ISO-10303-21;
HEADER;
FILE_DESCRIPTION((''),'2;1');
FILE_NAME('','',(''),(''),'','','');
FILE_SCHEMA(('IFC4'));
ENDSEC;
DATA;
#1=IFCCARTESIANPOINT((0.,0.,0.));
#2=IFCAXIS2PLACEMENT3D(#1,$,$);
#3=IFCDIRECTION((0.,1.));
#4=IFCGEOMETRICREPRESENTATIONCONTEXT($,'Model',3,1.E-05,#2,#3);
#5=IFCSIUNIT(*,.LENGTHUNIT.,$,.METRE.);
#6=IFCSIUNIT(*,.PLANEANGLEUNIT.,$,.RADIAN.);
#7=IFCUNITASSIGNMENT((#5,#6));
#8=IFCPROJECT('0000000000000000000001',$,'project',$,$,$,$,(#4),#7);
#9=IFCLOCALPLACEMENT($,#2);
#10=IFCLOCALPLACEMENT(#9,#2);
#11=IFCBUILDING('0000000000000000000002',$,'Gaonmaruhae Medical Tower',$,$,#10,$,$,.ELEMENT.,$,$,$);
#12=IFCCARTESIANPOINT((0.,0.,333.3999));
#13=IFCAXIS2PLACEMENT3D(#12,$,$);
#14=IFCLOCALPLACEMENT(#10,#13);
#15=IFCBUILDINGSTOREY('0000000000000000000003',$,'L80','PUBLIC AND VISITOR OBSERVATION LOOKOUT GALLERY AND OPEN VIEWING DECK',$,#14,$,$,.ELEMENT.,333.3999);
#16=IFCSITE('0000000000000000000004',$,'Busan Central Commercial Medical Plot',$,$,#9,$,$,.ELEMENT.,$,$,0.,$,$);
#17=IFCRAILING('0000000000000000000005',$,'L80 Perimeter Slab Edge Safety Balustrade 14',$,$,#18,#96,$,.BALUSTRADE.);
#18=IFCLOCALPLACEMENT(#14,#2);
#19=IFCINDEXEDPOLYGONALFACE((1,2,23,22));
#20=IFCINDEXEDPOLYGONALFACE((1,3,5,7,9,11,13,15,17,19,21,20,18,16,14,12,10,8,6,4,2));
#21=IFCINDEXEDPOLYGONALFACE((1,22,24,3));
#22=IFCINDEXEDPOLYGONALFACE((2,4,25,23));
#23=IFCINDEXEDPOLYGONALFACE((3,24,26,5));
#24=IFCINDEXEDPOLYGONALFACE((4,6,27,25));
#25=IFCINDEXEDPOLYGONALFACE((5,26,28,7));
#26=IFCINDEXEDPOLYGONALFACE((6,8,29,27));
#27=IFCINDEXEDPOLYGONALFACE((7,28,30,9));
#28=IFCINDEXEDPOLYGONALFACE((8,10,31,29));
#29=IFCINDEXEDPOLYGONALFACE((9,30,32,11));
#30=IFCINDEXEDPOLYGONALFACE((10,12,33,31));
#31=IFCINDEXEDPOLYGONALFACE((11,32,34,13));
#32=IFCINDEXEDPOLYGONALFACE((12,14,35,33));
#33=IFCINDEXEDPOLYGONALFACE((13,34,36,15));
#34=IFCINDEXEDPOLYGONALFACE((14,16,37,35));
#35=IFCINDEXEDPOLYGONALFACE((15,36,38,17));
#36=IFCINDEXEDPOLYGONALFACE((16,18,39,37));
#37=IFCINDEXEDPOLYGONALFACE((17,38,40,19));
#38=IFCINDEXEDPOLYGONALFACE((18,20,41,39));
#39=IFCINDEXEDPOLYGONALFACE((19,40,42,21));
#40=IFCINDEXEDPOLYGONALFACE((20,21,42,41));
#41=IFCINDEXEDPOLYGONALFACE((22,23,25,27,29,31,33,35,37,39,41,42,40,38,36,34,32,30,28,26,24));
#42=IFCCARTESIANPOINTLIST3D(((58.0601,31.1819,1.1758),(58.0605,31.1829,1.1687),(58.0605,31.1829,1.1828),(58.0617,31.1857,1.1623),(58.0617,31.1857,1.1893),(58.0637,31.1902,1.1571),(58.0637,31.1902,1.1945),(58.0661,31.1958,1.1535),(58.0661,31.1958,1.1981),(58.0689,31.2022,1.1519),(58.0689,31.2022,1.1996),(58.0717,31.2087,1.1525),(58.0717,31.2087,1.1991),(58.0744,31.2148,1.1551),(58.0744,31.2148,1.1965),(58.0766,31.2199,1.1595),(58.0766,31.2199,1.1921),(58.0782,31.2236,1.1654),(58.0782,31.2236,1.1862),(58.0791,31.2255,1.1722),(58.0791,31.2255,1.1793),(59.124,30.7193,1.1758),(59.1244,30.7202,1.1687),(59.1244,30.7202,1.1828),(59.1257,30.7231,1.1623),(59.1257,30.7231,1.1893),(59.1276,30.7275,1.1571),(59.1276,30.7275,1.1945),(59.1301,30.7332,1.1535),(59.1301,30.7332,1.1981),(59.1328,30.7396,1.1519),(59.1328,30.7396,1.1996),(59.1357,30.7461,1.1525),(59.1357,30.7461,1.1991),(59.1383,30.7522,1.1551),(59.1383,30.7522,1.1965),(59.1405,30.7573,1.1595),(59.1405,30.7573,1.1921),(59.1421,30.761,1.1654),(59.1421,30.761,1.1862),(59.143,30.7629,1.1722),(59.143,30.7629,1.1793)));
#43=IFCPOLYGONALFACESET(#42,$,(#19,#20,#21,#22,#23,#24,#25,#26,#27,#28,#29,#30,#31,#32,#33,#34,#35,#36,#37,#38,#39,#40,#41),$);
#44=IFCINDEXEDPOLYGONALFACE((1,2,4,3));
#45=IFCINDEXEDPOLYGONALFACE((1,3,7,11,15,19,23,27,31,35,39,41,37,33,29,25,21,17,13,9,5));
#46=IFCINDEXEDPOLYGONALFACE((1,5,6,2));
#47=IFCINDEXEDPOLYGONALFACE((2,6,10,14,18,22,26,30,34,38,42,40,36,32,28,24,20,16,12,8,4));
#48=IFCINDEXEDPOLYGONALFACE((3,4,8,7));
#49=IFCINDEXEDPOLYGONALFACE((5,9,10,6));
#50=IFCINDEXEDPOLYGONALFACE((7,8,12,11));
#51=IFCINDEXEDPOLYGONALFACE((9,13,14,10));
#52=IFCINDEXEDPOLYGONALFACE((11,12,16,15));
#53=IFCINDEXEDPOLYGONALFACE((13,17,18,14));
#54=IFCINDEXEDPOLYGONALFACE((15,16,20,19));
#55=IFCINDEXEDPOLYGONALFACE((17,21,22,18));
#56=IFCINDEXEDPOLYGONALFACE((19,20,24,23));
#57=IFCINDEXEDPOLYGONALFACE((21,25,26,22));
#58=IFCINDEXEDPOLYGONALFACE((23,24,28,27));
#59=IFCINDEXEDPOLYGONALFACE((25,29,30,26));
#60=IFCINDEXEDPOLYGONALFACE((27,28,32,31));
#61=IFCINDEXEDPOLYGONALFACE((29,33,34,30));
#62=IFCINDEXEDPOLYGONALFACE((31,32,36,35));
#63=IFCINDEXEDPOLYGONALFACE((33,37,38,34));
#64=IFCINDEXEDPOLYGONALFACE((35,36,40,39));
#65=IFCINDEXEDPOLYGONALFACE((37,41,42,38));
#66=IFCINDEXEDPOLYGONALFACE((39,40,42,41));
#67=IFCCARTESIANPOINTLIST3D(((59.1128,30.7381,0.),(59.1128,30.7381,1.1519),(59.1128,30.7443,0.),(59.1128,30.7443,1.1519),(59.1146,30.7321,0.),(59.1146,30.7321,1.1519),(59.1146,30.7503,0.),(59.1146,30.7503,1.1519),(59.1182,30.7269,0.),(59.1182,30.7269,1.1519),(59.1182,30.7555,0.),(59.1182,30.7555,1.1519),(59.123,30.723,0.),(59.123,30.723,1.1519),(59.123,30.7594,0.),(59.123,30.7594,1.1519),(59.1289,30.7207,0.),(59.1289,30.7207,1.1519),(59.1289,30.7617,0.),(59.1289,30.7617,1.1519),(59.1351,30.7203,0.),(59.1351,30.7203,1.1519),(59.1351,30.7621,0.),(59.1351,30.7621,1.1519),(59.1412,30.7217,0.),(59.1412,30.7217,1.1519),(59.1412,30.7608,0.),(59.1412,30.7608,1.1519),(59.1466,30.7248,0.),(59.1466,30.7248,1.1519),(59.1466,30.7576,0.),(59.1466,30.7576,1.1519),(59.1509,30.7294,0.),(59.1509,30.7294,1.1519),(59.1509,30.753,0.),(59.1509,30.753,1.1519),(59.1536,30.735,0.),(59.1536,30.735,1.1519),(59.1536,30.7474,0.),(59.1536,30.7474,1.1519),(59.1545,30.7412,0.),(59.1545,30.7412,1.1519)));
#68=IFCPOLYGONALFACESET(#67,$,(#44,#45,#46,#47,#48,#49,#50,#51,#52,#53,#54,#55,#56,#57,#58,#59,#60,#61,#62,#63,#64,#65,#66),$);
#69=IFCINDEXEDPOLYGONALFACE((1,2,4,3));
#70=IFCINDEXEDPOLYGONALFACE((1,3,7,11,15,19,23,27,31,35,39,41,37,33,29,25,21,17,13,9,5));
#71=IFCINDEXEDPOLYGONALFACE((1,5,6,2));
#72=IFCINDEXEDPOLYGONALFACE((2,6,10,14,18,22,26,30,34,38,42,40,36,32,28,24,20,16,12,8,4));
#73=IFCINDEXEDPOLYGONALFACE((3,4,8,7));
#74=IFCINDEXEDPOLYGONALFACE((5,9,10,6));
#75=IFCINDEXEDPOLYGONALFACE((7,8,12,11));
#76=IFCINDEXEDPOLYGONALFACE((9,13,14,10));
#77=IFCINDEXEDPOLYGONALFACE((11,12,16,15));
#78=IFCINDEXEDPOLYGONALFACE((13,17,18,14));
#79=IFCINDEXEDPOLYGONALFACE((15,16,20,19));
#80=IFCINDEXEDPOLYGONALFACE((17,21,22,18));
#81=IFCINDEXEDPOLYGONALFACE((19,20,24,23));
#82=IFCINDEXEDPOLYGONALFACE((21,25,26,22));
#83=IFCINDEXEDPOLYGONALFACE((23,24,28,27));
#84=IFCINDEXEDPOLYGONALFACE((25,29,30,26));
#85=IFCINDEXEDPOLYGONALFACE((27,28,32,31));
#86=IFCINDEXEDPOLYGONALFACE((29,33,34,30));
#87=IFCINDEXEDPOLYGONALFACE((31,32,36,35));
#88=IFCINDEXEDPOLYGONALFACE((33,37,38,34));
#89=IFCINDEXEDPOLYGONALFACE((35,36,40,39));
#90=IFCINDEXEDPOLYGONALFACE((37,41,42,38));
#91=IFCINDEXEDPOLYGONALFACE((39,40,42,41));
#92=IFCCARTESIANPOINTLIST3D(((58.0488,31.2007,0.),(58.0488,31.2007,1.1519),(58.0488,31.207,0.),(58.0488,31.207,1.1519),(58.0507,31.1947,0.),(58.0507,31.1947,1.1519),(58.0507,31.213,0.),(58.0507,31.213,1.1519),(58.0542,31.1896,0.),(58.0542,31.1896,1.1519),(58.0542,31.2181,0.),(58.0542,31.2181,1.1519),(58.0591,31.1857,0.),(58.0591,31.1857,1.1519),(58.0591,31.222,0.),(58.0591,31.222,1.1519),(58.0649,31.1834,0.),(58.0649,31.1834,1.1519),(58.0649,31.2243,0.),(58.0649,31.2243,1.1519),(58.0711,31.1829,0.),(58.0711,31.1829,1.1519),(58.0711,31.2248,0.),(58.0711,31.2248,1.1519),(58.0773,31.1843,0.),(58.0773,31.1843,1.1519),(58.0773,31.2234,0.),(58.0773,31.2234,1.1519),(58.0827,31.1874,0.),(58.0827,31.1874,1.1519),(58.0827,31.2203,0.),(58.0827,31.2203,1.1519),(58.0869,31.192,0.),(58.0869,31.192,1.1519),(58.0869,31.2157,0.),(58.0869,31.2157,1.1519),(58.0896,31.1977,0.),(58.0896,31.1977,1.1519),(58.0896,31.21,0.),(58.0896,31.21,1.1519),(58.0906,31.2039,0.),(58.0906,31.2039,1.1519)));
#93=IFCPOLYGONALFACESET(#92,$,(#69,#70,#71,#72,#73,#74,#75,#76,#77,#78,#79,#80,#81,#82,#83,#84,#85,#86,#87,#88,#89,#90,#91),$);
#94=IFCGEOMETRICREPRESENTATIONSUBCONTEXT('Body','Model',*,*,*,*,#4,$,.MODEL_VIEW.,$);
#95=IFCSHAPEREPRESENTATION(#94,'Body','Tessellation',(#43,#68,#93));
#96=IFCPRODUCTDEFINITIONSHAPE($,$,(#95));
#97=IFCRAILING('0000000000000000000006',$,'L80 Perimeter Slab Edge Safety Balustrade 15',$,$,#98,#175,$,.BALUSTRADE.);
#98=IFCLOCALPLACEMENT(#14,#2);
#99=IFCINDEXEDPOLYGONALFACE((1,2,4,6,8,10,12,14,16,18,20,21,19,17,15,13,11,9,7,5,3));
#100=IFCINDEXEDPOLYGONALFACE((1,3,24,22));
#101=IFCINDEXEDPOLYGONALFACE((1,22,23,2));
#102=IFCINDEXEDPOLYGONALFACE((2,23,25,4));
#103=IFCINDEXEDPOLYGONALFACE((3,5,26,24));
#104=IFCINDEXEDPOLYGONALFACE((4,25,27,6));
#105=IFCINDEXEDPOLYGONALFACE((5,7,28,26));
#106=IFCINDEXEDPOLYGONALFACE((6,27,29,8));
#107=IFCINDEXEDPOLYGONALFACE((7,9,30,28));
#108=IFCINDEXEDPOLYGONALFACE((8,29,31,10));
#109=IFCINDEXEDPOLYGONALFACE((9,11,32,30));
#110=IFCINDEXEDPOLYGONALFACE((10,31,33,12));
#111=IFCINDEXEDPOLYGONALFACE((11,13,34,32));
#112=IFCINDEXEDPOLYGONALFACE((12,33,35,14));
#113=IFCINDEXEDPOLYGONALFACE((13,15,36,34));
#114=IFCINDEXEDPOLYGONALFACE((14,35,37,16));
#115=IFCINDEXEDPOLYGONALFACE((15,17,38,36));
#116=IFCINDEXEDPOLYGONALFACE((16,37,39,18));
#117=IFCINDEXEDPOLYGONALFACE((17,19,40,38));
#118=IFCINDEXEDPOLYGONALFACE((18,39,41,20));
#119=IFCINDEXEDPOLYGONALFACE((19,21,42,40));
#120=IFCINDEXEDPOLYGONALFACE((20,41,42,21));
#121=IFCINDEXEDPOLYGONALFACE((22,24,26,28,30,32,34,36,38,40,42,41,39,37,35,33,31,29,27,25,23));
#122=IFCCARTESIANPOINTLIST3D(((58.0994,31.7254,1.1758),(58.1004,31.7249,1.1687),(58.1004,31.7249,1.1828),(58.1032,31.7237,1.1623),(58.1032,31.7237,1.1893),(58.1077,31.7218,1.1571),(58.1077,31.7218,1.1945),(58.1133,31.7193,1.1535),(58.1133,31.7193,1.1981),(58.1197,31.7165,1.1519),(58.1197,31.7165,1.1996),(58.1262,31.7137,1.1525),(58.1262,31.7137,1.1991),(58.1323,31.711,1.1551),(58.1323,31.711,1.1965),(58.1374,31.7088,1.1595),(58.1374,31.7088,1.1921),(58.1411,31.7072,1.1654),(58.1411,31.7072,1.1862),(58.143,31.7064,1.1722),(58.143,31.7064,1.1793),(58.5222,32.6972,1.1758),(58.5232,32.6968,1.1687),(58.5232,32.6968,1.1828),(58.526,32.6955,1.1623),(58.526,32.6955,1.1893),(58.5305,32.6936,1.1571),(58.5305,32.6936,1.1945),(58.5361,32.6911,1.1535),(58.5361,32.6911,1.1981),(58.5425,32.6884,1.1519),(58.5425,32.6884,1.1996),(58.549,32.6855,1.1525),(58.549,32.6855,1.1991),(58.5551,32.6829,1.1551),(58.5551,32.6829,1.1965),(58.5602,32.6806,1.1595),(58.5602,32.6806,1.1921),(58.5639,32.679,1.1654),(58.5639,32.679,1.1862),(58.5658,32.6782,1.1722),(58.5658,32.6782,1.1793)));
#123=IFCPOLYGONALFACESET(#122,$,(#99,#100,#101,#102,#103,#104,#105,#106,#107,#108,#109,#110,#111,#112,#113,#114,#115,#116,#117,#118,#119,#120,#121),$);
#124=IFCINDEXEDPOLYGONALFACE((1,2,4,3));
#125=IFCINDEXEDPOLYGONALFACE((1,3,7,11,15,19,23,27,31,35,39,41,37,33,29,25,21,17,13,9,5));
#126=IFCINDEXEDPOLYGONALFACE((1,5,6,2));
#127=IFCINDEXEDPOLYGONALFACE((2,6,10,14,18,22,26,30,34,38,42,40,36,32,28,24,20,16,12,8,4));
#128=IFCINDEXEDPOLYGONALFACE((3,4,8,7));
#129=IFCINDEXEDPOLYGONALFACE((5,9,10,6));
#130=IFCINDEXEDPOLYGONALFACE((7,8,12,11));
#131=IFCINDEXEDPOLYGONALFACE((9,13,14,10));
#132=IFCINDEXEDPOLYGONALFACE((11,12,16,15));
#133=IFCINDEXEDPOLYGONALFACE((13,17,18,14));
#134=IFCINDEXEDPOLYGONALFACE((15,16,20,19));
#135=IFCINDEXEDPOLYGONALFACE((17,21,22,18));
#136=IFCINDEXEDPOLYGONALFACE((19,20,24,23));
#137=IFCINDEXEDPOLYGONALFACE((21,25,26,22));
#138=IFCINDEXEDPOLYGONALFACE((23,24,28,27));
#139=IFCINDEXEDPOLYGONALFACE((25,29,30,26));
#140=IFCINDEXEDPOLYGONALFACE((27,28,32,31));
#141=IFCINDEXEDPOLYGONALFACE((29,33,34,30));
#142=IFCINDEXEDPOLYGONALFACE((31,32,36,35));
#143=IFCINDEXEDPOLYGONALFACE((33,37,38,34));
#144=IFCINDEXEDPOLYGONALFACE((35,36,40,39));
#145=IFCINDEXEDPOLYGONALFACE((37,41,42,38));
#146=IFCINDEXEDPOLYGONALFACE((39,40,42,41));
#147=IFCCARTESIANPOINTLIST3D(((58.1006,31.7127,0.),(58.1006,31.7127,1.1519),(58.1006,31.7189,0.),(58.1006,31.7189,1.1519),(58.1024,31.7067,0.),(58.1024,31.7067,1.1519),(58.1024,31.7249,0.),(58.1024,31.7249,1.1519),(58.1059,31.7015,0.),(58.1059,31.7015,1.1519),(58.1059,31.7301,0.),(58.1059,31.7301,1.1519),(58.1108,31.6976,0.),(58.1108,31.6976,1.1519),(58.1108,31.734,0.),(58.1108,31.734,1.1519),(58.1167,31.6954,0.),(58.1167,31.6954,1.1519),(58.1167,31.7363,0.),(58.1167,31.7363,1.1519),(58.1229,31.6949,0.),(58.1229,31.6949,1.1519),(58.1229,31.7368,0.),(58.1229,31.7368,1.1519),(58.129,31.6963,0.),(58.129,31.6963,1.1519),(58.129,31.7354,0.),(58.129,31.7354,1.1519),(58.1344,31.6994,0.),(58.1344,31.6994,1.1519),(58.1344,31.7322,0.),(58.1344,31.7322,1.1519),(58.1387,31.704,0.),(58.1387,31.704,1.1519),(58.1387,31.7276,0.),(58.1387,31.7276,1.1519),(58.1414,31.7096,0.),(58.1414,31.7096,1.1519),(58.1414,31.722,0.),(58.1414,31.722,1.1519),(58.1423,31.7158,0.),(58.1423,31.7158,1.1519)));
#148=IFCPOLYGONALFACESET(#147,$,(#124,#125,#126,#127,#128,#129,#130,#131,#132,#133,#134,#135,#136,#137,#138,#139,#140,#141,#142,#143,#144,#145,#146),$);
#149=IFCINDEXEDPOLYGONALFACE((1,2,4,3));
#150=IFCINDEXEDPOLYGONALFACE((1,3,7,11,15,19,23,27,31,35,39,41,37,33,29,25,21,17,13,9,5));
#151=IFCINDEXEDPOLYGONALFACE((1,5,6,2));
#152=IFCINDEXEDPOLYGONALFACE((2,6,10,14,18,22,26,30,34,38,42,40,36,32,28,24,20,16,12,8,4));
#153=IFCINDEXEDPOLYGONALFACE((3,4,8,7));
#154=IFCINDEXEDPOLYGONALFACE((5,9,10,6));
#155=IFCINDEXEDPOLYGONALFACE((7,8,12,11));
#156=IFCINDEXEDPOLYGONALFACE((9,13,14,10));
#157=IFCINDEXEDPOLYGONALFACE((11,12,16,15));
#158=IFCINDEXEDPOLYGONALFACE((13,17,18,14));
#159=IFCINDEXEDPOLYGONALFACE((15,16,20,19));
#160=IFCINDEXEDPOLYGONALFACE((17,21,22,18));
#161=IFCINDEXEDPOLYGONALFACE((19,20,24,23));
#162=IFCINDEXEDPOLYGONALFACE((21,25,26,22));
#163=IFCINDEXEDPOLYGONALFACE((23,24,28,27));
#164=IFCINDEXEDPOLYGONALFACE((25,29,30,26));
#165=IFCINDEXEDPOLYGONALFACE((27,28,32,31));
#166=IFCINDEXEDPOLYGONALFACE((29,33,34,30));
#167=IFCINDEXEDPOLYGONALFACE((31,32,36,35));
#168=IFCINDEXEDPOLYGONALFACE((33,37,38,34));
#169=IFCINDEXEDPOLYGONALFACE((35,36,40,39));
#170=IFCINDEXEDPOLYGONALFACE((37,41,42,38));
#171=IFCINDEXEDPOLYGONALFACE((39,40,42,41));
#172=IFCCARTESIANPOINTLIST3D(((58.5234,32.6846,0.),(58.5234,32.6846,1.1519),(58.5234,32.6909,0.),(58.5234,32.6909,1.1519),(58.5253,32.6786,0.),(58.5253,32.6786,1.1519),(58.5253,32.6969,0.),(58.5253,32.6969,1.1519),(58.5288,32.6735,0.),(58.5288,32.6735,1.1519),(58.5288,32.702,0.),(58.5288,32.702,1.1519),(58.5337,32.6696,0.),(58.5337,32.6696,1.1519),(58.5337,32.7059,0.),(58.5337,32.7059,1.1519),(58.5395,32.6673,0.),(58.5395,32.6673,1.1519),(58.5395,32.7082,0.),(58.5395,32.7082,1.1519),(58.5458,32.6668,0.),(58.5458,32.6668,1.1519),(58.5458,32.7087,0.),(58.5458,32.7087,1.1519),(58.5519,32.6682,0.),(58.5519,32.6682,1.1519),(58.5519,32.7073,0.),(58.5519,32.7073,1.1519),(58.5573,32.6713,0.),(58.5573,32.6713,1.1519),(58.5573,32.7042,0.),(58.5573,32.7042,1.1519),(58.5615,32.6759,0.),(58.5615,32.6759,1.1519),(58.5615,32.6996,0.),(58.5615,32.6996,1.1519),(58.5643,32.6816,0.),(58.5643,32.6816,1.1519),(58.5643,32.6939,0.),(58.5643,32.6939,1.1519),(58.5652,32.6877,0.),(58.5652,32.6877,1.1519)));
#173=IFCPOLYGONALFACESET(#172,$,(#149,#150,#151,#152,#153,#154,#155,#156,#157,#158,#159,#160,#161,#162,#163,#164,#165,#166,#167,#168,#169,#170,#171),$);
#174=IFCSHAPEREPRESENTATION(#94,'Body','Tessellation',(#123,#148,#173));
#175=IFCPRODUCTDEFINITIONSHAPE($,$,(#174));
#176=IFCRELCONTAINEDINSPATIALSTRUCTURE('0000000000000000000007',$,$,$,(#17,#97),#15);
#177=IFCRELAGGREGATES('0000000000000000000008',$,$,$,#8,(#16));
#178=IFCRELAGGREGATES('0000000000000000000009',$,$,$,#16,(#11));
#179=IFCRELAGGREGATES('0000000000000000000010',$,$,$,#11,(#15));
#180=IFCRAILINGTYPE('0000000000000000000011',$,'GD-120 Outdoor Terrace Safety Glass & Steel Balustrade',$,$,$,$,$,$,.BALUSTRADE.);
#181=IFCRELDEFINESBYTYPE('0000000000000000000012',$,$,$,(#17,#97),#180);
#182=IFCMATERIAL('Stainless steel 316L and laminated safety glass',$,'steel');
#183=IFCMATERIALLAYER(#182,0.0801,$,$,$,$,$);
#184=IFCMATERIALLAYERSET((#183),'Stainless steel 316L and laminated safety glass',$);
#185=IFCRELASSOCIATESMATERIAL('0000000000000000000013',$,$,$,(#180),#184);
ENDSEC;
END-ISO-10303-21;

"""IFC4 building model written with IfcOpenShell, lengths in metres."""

from ifc_helpers import new_model, si_unit, direction, frame, origin, origin_2d, place, context, subcontext, project, spatial, circle, extrude, material, layer, layer_set, type_object, element, save


model = new_model("IFC4")

# Units and contexts
model_context = context("Model", 3, precision=1e-05, world=origin(), true_north=direction((0.0, 1.0)))
body_context = subcontext(model_context, "Body", "Model", "MODEL_VIEW")
ifc_project = project(units=[si_unit("LENGTHUNIT", "METRE"), si_unit("PLANEANGLEUNIT", "RADIAN")], contexts=[model_context])

# Site, building, storey
site_placement = place(None, origin())
site = spatial("IfcSite", under=ifc_project, at=site_placement, Name="Busan Central Commercial Medical Plot", CompositionType="ELEMENT", RefElevation=0.0)
building_placement = place(site_placement, origin())
building = spatial("IfcBuilding", under=site, at=building_placement, Name="Gaonmaruhae Medical Tower", CompositionType="ELEMENT")
storey_placement = place(building_placement, frame((0.0, 0.0, 333.3999)))
storey = spatial("IfcBuildingStorey", under=building, at=storey_placement, Name="L80", Description="PUBLIC AND VISITOR OBSERVATION LOOKOUT GALLERY AND OPEN VIEWING DECK", CompositionType="ELEMENT", Elevation=333.3999)

# Railings
ifc_material_1 = material(Name="Stainless steel 316L and laminated safety glass", Category="steel")
ifc_layer_1 = layer(ifc_material_1, 0.0801)
ifc_layer_set_1 = layer_set([ifc_layer_1], Name="Stainless steel 316L and laminated safety glass")
railing_type = type_object("IfcRailingType", Name="GD-120 Outdoor Terrace Safety Glass & Steel Balustrade", PredefinedType="BALUSTRADE", material=ifc_layer_set_1)
railing_1_placement = place(storey_placement, frame((59.1335, 30.7412, 0.0)))
element("IfcRailing", 1, at=railing_1_placement, inside=storey, type_object=railing_type, Name="L80 Perimeter Slab Edge Safety Balustrade 14", PredefinedType="BALUSTRADE", context=body_context, shape_type="SweptSolid", body=[
    extrude(circle(Radius=0.0239, at=origin_2d()), frame((0.0, 0.0, 1.1758), z_axis=(-0.917053, 0.398765, 0.0), x_axis=(-0.398765, -0.917053, 0.0)), (0.0, 0.0, 1.0), 1.1602),
    extrude(circle(Radius=0.021, at=origin_2d()), origin(), (0.0, 0.0, 1.0), 1.1519),
    extrude(circle(Radius=0.021, at=origin_2d()), frame((-1.064, 0.4626, 0.0)), (0.0, 0.0, 1.0), 1.1519),
])
railing_2_placement = place(storey_placement, frame((58.1213, 31.7158, 0.0)))
element("IfcRailing", 2, at=railing_2_placement, inside=storey, type_object=railing_type, Name="L80 Perimeter Slab Edge Safety Balustrade 15", PredefinedType="BALUSTRADE", context=body_context, shape_type="SweptSolid", body=[
    extrude(circle(Radius=0.0239, at=origin_2d()), frame((0.0, 0.0, 1.1758), z_axis=(0.398945, 0.916975, 0.0), x_axis=(-0.916975, 0.398945, 0.0)), (0.0, 0.0, 1.0), 1.0598),
    extrude(circle(Radius=0.021, at=origin_2d()), origin(), (0.0, 0.0, 1.0), 1.1519),
    extrude(circle(Radius=0.021, at=origin_2d()), frame((0.4229, 0.9719, 0.0)), (0.0, 0.0, 1.0), 1.1519),
])

save(model, "model.ifc")
